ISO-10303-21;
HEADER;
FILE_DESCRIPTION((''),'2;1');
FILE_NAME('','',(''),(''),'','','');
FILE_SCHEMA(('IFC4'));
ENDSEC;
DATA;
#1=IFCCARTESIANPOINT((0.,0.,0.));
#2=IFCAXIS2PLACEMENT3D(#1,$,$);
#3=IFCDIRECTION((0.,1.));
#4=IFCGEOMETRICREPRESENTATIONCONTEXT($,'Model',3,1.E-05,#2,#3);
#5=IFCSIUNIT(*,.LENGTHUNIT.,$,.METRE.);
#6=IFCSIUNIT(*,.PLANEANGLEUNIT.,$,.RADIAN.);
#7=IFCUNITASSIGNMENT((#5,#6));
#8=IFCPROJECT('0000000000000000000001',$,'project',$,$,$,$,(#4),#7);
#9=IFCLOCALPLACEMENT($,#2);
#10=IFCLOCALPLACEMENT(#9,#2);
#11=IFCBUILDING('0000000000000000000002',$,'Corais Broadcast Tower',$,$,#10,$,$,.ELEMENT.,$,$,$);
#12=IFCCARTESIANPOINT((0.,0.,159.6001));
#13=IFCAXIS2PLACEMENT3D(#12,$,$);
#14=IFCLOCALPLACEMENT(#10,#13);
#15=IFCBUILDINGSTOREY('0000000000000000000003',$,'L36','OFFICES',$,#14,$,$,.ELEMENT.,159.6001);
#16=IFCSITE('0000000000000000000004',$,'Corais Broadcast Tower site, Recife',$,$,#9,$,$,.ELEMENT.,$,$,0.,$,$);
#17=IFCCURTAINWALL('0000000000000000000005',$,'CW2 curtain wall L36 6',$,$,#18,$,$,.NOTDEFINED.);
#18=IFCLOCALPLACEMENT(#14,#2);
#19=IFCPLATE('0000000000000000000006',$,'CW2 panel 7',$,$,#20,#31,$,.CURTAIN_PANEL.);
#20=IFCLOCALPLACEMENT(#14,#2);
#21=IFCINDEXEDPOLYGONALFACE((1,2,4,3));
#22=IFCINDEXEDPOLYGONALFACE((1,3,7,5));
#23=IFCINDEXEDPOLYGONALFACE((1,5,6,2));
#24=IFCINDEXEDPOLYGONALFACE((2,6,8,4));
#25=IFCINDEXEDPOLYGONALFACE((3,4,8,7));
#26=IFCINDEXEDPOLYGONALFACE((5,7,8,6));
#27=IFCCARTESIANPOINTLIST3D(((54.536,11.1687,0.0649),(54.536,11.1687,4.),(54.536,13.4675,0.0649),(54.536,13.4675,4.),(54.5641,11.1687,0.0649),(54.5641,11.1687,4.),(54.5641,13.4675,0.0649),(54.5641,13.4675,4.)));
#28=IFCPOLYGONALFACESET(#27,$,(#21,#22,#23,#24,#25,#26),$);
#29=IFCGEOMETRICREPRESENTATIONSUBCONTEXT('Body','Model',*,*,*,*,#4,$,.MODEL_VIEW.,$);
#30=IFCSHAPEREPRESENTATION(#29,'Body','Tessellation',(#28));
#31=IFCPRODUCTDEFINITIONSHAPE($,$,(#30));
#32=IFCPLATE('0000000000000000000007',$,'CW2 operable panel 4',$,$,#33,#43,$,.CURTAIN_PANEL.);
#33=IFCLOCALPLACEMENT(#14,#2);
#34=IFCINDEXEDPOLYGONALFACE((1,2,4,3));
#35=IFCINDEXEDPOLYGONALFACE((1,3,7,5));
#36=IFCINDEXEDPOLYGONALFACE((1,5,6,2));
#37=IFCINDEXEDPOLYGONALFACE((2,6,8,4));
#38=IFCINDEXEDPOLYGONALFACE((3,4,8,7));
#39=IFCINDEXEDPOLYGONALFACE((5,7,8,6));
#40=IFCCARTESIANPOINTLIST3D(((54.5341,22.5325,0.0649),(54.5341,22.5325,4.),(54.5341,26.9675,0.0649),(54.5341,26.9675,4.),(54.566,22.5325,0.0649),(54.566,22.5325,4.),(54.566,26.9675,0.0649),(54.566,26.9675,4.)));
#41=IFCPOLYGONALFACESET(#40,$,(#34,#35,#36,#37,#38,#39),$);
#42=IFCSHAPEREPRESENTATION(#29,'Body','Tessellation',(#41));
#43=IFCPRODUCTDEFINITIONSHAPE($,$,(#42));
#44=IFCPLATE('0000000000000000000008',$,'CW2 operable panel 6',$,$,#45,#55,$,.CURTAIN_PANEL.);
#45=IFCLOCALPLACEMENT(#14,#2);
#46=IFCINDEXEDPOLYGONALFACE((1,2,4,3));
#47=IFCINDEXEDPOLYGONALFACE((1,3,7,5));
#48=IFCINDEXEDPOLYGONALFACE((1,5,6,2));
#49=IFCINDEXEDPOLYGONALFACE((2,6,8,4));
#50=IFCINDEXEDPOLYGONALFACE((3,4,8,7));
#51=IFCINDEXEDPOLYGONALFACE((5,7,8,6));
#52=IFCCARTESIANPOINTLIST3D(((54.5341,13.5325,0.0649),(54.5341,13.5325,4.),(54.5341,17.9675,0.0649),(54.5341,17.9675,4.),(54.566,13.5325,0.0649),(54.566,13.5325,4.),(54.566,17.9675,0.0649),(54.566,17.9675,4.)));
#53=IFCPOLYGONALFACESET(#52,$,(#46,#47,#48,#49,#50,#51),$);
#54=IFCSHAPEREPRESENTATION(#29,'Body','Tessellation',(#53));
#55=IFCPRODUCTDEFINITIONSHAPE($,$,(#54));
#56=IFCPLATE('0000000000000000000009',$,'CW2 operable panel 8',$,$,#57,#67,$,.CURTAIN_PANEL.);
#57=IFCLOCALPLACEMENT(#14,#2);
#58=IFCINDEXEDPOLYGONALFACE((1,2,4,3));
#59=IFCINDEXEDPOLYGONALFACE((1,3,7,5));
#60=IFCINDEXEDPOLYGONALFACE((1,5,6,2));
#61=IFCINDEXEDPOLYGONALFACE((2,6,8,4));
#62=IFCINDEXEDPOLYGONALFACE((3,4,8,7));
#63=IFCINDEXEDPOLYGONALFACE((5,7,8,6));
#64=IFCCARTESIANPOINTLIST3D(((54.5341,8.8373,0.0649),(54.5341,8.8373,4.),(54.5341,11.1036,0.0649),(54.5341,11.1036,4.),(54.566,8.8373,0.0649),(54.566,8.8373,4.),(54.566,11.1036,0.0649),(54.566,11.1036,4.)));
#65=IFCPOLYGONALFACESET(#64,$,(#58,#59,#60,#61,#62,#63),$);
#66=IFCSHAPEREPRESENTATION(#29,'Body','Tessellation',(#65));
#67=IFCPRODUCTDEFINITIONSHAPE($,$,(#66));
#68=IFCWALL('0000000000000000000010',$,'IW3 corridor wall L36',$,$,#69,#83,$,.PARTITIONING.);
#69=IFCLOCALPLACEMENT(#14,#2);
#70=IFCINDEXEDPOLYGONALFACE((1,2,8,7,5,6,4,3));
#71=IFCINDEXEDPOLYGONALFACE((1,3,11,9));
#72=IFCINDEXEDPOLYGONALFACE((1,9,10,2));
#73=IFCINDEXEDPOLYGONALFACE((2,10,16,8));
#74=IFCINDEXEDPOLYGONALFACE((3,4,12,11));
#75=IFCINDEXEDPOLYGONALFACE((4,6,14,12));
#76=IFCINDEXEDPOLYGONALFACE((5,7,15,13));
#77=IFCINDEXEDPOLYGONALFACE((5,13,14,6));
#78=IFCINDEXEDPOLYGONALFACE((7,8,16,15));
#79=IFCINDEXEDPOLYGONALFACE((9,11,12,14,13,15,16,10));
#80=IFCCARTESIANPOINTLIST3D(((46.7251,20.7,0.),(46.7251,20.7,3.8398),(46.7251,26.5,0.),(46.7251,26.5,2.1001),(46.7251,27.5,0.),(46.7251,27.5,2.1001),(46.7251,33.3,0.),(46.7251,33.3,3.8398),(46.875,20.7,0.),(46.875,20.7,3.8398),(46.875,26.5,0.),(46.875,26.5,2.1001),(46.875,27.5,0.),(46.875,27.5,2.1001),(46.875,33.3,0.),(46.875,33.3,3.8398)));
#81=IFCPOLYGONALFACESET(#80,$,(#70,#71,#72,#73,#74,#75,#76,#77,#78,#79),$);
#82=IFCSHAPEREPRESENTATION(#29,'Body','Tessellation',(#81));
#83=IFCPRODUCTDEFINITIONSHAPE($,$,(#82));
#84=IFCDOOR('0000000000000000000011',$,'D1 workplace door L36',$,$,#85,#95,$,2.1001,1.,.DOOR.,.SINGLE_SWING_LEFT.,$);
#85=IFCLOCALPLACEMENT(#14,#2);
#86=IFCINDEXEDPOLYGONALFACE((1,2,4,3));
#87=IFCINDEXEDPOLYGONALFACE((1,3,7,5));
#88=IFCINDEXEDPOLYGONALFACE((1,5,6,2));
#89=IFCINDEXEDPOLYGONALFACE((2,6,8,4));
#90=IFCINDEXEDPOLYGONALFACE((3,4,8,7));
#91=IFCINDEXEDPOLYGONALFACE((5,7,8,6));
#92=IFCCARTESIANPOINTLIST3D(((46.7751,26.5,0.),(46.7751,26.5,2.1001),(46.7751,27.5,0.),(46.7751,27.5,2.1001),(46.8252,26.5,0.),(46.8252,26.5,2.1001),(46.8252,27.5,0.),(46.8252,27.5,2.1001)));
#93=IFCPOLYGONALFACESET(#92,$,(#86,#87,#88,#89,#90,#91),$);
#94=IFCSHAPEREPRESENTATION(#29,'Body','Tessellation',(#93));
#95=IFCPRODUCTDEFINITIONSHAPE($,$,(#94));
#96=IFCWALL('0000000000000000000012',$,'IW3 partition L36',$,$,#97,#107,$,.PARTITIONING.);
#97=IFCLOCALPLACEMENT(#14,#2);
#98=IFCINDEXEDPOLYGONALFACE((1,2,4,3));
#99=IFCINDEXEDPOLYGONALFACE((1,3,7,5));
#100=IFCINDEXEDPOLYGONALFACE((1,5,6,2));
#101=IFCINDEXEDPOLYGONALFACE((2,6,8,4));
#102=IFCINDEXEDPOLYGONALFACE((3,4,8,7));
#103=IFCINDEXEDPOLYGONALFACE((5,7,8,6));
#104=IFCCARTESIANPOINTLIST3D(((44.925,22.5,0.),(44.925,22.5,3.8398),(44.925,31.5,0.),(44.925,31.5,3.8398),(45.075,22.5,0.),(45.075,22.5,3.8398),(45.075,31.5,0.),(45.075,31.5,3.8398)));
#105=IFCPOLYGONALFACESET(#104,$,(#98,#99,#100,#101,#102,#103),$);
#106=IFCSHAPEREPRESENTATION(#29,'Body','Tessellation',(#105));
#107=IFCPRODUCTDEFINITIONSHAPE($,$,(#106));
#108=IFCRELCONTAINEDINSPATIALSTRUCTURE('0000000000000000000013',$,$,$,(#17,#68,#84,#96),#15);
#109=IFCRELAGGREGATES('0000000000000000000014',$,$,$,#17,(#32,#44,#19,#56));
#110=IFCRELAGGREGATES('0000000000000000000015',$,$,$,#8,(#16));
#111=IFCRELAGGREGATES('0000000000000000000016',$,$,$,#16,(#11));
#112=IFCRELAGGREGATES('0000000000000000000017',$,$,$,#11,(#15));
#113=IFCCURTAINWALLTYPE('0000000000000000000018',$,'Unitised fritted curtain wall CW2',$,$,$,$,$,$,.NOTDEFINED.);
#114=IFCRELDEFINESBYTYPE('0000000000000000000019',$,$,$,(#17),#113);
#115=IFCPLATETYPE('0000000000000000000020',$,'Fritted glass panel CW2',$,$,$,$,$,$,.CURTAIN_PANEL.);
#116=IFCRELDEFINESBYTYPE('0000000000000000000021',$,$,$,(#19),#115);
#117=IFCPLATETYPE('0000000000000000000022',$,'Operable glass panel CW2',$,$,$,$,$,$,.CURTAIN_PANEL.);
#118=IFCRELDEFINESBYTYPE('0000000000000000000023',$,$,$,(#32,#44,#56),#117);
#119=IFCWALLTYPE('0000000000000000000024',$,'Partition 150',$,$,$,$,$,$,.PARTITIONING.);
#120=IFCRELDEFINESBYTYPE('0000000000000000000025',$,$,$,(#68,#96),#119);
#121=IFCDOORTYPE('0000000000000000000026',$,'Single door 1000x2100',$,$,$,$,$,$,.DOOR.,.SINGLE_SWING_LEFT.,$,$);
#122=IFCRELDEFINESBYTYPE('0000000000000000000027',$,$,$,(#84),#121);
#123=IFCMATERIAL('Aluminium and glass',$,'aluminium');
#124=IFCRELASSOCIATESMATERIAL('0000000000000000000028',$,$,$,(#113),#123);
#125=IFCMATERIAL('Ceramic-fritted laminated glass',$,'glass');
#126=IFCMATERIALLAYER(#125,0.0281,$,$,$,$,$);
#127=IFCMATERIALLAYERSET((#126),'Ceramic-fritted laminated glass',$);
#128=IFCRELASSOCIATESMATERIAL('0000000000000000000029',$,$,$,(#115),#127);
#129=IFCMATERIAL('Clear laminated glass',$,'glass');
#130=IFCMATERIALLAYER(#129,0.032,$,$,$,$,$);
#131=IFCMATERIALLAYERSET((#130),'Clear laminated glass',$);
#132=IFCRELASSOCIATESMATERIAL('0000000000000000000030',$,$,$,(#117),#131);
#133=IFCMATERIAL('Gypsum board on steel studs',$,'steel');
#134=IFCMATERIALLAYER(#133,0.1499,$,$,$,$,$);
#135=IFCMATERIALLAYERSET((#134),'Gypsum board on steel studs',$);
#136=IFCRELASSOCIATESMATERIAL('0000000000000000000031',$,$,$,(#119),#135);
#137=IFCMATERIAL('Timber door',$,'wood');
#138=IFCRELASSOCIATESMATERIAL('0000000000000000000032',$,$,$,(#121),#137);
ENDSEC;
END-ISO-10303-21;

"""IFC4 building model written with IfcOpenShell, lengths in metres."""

from ifc_helpers import new_model, si_unit, direction, frame, frame_2d, origin, origin_2d, place, context, subcontext, project, spatial, rectangle, extrude, material, layer, layer_set, type_object, element, fill, aggregate, save


model = new_model("IFC4")

# Units and contexts
model_context = context("Model", 3, precision=1e-05, world=origin(), true_north=direction((0.0, 1.0)))
body_context = subcontext(model_context, "Body", "Model", "MODEL_VIEW")
ifc_project = project(units=[si_unit("LENGTHUNIT", "METRE"), si_unit("PLANEANGLEUNIT", "RADIAN")], contexts=[model_context])

# Site, building, storey
site_placement = place(None, origin())
site = spatial("IfcSite", under=ifc_project, at=site_placement, Name="Corais Broadcast Tower site, Recife", CompositionType="ELEMENT", RefElevation=0.0)
building_placement = place(site_placement, origin())
building = spatial("IfcBuilding", under=site, at=building_placement, Name="Corais Broadcast Tower", CompositionType="ELEMENT")
storey_placement = place(building_placement, frame((0.0, 0.0, 159.6001)))
storey = spatial("IfcBuildingStorey", under=building, at=storey_placement, Name="L36", Description="OFFICES", CompositionType="ELEMENT", Elevation=159.6001)

# Curtain wall
ifc_material_1 = material(Name="Aluminium and glass", Category="aluminium")
curtain_wall_type = type_object("IfcCurtainWallType", Name="Unitised fritted curtain wall CW2", PredefinedType="NOTDEFINED", material=ifc_material_1)
curtain_wall_placement = place(storey_placement, origin())
curtain_wall = element("IfcCurtainWall", 1, at=curtain_wall_placement, inside=storey, type_object=curtain_wall_type, Name="CW2 curtain wall L36 6", PredefinedType="NOTDEFINED")

# Plates
ifc_material_2 = material(Name="Ceramic-fritted laminated glass", Category="glass")
ifc_layer_1 = layer(ifc_material_2, 0.0281)
ifc_layer_set_1 = layer_set([ifc_layer_1], Name="Ceramic-fritted laminated glass")
plate_type_1 = type_object("IfcPlateType", Name="Fritted glass panel CW2", PredefinedType="CURTAIN_PANEL", material=ifc_layer_set_1)
plate_1_placement = place(storey_placement, frame((54.55, 12.3181, 0.0649), z_axis=(0.0, 0.0, 1.0), x_axis=(0.0, -1.0, 0.0)))
plate_1 = element("IfcPlate", 2, at=plate_1_placement, type_object=plate_type_1, Name="CW2 panel 7", PredefinedType="CURTAIN_PANEL", context=body_context, shape_type="SweptSolid", body=[
    extrude(rectangle(XDim=2.2988, YDim=0.0281, at=origin_2d()), origin(), (0.0, 0.0, 1.0), 3.9351),
])
ifc_material_3 = material(Name="Clear laminated glass", Category="glass")
ifc_layer_2 = layer(ifc_material_3, 0.032)
ifc_layer_set_2 = layer_set([ifc_layer_2], Name="Clear laminated glass")
plate_type_2 = type_object("IfcPlateType", Name="Operable glass panel CW2", PredefinedType="CURTAIN_PANEL", material=ifc_layer_set_2)
plate_2_placement = place(storey_placement, frame((54.55, 24.75, 0.0649), z_axis=(0.0, 0.0, 1.0), x_axis=(0.0, -1.0, 0.0)))
plate_2 = element("IfcPlate", 3, at=plate_2_placement, type_object=plate_type_2, Name="CW2 operable panel 4", PredefinedType="CURTAIN_PANEL", context=body_context, shape_type="SweptSolid", body=[
    extrude(rectangle(XDim=4.4351, YDim=0.032, at=origin_2d()), origin(), (0.0, 0.0, 1.0), 3.9351),
])
plate_3_placement = place(storey_placement, frame((54.55, 15.75, 0.0649), z_axis=(0.0, 0.0, 1.0), x_axis=(0.0, -1.0, 0.0)))
plate_3 = element("IfcPlate", 4, at=plate_3_placement, type_object=plate_type_2, Name="CW2 operable panel 6", PredefinedType="CURTAIN_PANEL", context=body_context, shape_type="SweptSolid", body=[
    extrude(rectangle(XDim=4.4351, YDim=0.032, at=origin_2d()), origin(), (0.0, 0.0, 1.0), 3.9351),
])
plate_4_placement = place(storey_placement, frame((54.55, 9.9705, 0.0649), z_axis=(0.0, 0.0, 1.0), x_axis=(0.0, -1.0, 0.0)))
plate_4 = element("IfcPlate", 5, at=plate_4_placement, type_object=plate_type_2, Name="CW2 operable panel 8", PredefinedType="CURTAIN_PANEL", context=body_context, shape_type="SweptSolid", body=[
    extrude(rectangle(XDim=2.2664, YDim=0.032, at=origin_2d()), origin(), (0.0, 0.0, 1.0), 3.9351),
])
aggregate(curtain_wall, [plate_2, plate_3, plate_1, plate_4])

# Wall, opening, door
ifc_material_4 = material(Name="Gypsum board on steel studs", Category="steel")
ifc_layer_3 = layer(ifc_material_4, 0.1499)
ifc_layer_set_3 = layer_set([ifc_layer_3], Name="Gypsum board on steel studs")
wall_type = type_object("IfcWallType", Name="Partition 150", PredefinedType="PARTITIONING", material=ifc_layer_set_3)
wall_1_placement = place(storey_placement, frame((46.8, 20.7, 0.0), z_axis=(0.0, 0.0, 1.0), x_axis=(0.0, 1.0, 0.0)))
wall_1 = element("IfcWall", 6, at=wall_1_placement, inside=storey, type_object=wall_type, Name="IW3 corridor wall L36", PredefinedType="PARTITIONING", context=body_context, shape_type="SweptSolid", body=[
    extrude(rectangle(XDim=12.6001, YDim=0.1499, at=frame_2d((6.3, 0.0))), origin(), (0.0, 0.0, 1.0), 3.8398),
])
opening_placement = place(wall_1_placement, frame((5.8, 0.0, 0.0)))
opening = element("IfcOpeningElement", 7, at=opening_placement, cuts=wall_1, PredefinedType="OPENING", context=body_context, shape_type="SweptSolid", body=[
    extrude(rectangle(XDim=1.0, YDim=2.1001, at=frame_2d((0.5, 1.05))), frame((0.0, 0.085, 0.0), z_axis=(0.0, -1.0, 0.0), x_axis=(1.0, 0.0, 0.0)), (0.0, 0.0, 1.0), 0.1699),
])
ifc_material_5 = material(Name="Timber door", Category="wood")
door_type = type_object("IfcDoorType", Name="Single door 1000x2100", OperationType="SINGLE_SWING_LEFT", PredefinedType="DOOR", material=ifc_material_5)
door_placement = place(opening_placement, origin())
door = element("IfcDoor", 8, at=door_placement, inside=storey, type_object=door_type, Name="D1 workplace door L36", OperationType="SINGLE_SWING_LEFT", OverallHeight=2.1001, OverallWidth=1.0, PredefinedType="DOOR", context=body_context, shape_type="SweptSolid", body=[
    extrude(rectangle(XDim=1.0, YDim=2.1001, at=frame_2d((0.5, 1.05))), frame((0.0, 0.0249, 0.0), z_axis=(0.0, -1.0, 0.0), x_axis=(1.0, 0.0, 0.0)), (0.0, 0.0, 1.0), 0.05),
])
fill(opening, door)

# Wall
wall_2_placement = place(storey_placement, frame((45.0, 22.5, 0.0), z_axis=(0.0, 0.0, 1.0), x_axis=(0.0, 1.0, 0.0)))
element("IfcWall", 9, at=wall_2_placement, inside=storey, type_object=wall_type, Name="IW3 partition L36", PredefinedType="PARTITIONING", context=body_context, shape_type="SweptSolid", body=[
    extrude(rectangle(XDim=9.0, YDim=0.1499, at=frame_2d((4.5, 0.0))), origin(), (0.0, 0.0, 1.0), 3.8398),
])

save(model, "model.ifc")
